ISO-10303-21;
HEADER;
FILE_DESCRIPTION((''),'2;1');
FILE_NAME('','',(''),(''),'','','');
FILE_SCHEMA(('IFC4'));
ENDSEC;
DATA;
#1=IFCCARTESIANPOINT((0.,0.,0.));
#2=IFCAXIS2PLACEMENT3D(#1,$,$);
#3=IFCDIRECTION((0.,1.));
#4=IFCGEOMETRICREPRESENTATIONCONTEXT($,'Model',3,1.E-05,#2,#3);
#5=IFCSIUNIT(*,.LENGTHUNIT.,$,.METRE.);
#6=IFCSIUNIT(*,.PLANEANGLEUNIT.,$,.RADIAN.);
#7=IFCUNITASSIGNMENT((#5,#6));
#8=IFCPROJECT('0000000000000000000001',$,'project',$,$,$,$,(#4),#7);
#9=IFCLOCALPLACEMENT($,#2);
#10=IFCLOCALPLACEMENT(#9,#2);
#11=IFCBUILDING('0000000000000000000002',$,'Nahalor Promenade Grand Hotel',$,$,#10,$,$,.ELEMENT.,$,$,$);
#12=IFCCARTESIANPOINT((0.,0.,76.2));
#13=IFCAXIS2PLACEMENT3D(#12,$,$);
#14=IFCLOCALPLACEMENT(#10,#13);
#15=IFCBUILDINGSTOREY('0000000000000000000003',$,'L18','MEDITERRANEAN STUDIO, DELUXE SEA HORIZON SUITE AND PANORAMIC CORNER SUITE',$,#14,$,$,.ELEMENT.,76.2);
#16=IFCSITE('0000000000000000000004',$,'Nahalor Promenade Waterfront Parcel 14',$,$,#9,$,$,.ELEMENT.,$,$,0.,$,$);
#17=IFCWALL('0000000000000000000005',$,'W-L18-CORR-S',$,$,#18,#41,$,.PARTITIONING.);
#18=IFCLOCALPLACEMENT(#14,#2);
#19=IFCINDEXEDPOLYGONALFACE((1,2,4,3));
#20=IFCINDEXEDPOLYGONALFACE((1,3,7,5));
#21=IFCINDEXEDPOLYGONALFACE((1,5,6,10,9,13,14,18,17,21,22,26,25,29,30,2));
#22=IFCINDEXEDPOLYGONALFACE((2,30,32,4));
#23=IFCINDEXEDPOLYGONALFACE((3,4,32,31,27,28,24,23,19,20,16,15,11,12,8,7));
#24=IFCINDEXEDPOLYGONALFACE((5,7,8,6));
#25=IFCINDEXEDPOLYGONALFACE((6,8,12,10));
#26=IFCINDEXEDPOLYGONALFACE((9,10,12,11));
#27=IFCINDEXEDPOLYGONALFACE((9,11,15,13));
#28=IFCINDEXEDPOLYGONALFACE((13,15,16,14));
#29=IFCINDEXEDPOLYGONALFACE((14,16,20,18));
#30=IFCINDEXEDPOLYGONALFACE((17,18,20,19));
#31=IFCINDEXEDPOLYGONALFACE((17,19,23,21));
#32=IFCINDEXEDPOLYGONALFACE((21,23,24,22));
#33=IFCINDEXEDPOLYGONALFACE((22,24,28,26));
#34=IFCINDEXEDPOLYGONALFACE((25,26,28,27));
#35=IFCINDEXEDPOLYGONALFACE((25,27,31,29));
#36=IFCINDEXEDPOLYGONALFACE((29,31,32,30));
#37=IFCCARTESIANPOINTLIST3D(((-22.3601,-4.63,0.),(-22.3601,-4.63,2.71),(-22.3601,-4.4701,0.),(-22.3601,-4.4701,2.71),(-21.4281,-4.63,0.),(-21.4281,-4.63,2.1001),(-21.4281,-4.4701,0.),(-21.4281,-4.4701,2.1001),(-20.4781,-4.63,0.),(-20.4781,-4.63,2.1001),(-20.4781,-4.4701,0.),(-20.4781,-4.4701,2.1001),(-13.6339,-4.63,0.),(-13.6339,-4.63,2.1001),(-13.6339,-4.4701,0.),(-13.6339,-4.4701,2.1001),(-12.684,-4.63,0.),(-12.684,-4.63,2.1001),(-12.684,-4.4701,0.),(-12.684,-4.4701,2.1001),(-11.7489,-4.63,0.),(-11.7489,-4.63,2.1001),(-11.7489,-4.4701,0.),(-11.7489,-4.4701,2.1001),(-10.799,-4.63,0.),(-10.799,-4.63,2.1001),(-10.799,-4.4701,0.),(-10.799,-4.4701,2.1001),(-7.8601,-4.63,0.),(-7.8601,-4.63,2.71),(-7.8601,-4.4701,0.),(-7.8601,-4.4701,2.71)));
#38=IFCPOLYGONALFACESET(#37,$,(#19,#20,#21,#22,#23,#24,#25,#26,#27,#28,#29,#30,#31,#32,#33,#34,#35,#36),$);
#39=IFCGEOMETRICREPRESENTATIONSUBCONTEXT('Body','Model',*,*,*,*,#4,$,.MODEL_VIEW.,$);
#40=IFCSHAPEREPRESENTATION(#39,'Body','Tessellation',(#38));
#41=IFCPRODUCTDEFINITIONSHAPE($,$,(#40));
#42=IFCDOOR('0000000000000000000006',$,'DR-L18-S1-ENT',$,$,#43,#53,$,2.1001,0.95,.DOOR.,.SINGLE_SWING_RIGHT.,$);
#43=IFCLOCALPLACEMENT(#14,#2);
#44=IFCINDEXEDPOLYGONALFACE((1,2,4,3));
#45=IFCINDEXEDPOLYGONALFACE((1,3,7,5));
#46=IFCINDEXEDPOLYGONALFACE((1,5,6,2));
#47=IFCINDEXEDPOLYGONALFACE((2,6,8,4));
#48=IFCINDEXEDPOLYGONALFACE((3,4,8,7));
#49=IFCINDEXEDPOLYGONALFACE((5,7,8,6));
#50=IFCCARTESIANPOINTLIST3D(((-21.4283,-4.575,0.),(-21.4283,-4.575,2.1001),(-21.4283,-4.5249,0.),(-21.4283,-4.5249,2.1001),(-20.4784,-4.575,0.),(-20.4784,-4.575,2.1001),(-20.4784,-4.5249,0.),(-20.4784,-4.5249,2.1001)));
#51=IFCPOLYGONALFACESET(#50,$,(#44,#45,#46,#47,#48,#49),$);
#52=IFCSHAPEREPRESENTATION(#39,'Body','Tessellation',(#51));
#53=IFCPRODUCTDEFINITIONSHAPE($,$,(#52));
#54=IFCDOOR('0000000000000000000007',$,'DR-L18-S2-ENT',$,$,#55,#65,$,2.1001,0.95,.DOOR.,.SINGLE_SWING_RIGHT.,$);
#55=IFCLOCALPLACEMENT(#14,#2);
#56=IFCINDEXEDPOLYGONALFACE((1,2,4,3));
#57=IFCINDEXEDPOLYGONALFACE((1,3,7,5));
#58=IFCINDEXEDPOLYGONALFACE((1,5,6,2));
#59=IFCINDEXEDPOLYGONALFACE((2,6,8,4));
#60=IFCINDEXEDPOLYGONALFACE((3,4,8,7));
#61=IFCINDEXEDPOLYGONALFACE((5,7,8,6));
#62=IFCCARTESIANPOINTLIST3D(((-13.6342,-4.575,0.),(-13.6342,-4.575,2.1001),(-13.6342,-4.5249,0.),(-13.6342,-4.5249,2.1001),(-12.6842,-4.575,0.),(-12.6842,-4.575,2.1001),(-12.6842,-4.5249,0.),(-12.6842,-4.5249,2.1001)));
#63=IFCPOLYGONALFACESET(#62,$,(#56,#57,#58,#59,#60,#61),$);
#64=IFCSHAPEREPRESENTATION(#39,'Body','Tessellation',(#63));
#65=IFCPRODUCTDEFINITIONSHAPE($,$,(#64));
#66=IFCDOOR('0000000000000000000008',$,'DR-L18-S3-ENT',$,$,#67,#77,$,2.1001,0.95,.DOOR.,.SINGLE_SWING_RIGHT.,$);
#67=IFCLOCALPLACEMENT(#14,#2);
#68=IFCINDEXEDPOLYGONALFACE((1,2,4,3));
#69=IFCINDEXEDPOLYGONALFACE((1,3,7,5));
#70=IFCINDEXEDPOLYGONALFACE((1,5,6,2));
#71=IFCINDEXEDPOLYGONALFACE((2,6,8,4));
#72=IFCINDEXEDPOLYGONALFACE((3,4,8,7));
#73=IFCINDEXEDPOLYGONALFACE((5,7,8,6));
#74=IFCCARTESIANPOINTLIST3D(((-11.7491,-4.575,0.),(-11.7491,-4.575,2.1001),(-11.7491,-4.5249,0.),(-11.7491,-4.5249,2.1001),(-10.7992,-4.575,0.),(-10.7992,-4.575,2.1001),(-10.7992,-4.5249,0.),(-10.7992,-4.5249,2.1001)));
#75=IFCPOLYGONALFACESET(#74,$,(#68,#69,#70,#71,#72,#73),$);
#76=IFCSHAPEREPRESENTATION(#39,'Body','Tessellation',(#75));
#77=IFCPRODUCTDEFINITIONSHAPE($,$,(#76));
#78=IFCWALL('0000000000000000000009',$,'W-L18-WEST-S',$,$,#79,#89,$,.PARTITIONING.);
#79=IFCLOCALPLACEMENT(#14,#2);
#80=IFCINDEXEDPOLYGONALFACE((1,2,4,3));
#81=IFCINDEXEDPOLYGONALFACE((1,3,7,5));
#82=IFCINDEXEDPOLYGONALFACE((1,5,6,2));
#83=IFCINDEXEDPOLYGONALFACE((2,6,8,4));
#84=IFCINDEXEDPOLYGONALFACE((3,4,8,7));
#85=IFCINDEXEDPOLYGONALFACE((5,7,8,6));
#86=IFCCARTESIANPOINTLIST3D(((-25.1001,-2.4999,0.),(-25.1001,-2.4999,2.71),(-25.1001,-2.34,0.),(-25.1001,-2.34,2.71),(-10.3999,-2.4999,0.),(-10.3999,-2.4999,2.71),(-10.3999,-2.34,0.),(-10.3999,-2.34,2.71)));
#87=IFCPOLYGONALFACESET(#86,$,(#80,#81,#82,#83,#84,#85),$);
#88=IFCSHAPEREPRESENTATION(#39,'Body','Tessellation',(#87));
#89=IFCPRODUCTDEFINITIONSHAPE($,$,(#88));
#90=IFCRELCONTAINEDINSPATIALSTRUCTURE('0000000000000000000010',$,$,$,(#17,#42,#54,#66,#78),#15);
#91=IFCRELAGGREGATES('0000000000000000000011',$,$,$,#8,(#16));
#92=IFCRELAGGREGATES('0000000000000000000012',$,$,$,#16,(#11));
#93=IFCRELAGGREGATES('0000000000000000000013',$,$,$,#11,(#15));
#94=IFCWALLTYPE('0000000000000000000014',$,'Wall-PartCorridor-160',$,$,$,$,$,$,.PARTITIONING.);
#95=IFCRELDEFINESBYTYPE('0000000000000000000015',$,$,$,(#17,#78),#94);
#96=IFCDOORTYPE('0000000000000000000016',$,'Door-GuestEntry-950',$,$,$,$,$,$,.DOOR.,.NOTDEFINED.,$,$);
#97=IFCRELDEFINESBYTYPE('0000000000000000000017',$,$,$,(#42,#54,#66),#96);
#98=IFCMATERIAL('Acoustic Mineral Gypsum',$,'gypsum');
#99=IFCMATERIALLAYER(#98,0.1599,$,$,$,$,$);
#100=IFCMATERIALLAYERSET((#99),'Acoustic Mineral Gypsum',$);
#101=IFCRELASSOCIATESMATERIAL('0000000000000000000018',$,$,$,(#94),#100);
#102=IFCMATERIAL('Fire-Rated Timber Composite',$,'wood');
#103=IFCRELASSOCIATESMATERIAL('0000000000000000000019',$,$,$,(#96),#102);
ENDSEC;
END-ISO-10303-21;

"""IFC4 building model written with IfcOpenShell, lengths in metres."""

from ifc_helpers import new_model, si_unit, direction, frame, frame_2d, origin, place, context, subcontext, project, spatial, rectangle, extrude, source, transform, mapped, material, layer, layer_set, type_object, element, fill, save


model = new_model("IFC4")

# Units and contexts
model_context = context("Model", 3, precision=1e-05, world=origin(), true_north=direction((0.0, 1.0)))
body_context = subcontext(model_context, "Body", "Model", "MODEL_VIEW")
ifc_project = project(units=[si_unit("LENGTHUNIT", "METRE"), si_unit("PLANEANGLEUNIT", "RADIAN")], contexts=[model_context])

# Site, building, storey
site_placement = place(None, origin())
site = spatial("IfcSite", under=ifc_project, at=site_placement, Name="Nahalor Promenade Waterfront Parcel 14", CompositionType="ELEMENT", RefElevation=0.0)
building_placement = place(site_placement, origin())
building = spatial("IfcBuilding", under=site, at=building_placement, Name="Nahalor Promenade Grand Hotel", CompositionType="ELEMENT")
storey_placement = place(building_placement, frame((0.0, 0.0, 76.2)))
storey = spatial("IfcBuildingStorey", under=building, at=storey_placement, Name="L18", Description="MEDITERRANEAN STUDIO, DELUXE SEA HORIZON SUITE AND PANORAMIC CORNER SUITE", CompositionType="ELEMENT", Elevation=76.2)

# Wall, openings, doors
ifc_material_1 = material(Name="Acoustic Mineral Gypsum", Category="gypsum")
ifc_layer_1 = layer(ifc_material_1, 0.1599)
ifc_layer_set_1 = layer_set([ifc_layer_1], Name="Acoustic Mineral Gypsum")
wall_type = type_object("IfcWallType", Name="Wall-PartCorridor-160", PredefinedType="PARTITIONING", material=ifc_layer_set_1)
shared_shape_1 = source(origin(), body_context, "Body", "SweptSolid", [
    extrude(rectangle(XDim=14.5, YDim=0.1599, at=frame_2d((7.25, 0.0))), origin(), (0.0, 0.0, 1.0), 2.71),
])
wall_1_placement = place(storey_placement, frame((-22.3601, -4.55, 0.0), z_axis=(0.0, 0.0, 1.0), x_axis=(1.0, 0.0, 0.0)))
wall_1 = element("IfcWall", 1, at=wall_1_placement, inside=storey, type_object=wall_type, Name="W-L18-CORR-S", PredefinedType="PARTITIONING", context=body_context, shape_type="MappedRepresentation", body=[
    mapped(shared_shape_1, transform((0.0, 0.0, 0.0), scale=1.0)),
])
opening_1_placement = place(wall_1_placement, frame((0.9319, 0.0, 0.0)))
opening_1 = element("IfcOpeningElement", 2, at=opening_1_placement, cuts=wall_1, PredefinedType="OPENING", context=body_context, shape_type="SweptSolid", body=[
    extrude(rectangle(XDim=0.95, YDim=2.1001, at=frame_2d((0.4751, 1.05))), frame((0.0, 0.0898, 0.0), z_axis=(0.0, -1.0, 0.0), x_axis=(1.0, 0.0, 0.0)), (0.0, 0.0, 1.0), 0.1799),
])
opening_2_placement = place(wall_1_placement, frame((8.7261, 0.0, 0.0)))
opening_2 = element("IfcOpeningElement", 3, at=opening_2_placement, cuts=wall_1, PredefinedType="OPENING", context=body_context, shape_type="SweptSolid", body=[
    extrude(rectangle(XDim=0.95, YDim=2.1001, at=frame_2d((0.4751, 1.05))), frame((0.0, 0.0898, 0.0), z_axis=(0.0, -1.0, 0.0), x_axis=(1.0, 0.0, 0.0)), (0.0, 0.0, 1.0), 0.1799),
])
opening_3_placement = place(wall_1_placement, frame((10.6111, 0.0, 0.0)))
opening_3 = element("IfcOpeningElement", 4, at=opening_3_placement, cuts=wall_1, PredefinedType="OPENING", context=body_context, shape_type="SweptSolid", body=[
    extrude(rectangle(XDim=0.95, YDim=2.1001, at=frame_2d((0.4751, 1.05))), frame((0.0, 0.0898, 0.0), z_axis=(0.0, -1.0, 0.0), x_axis=(1.0, 0.0, 0.0)), (0.0, 0.0, 1.0), 0.1799),
])
ifc_material_2 = material(Name="Fire-Rated Timber Composite", Category="wood")
door_type = type_object("IfcDoorType", Name="Door-GuestEntry-950", OperationType="NOTDEFINED", PredefinedType="DOOR", material=ifc_material_2)
shared_shape_2 = source(origin(), body_context, "Body", "SweptSolid", [
    extrude(rectangle(XDim=0.95, YDim=2.1001, at=frame_2d((0.4751, 1.05))), frame((0.0, 0.0249, 0.0), z_axis=(0.0, -1.0, 0.0), x_axis=(1.0, 0.0, 0.0)), (0.0, 0.0, 1.0), 0.05),
])
door_1_placement = place(opening_1_placement, frame((0.95, 0.0, 0.0), z_axis=(0.0, 0.0, 1.0), x_axis=(-1.0, 0.0, 0.0)))
door_1 = element("IfcDoor", 5, at=door_1_placement, inside=storey, type_object=door_type, Name="DR-L18-S1-ENT", OperationType="SINGLE_SWING_RIGHT", OverallHeight=2.1001, OverallWidth=0.95, PredefinedType="DOOR", context=body_context, shape_type="MappedRepresentation", body=[
    mapped(shared_shape_2, transform((0.0, 0.0, 0.0), scale=1.0)),
])
fill(opening_1, door_1)
door_2_placement = place(opening_2_placement, frame((0.95, 0.0, 0.0), z_axis=(0.0, 0.0, 1.0), x_axis=(-1.0, 0.0, 0.0)))
door_2 = element("IfcDoor", 6, at=door_2_placement, inside=storey, type_object=door_type, Name="DR-L18-S2-ENT", OperationType="SINGLE_SWING_RIGHT", OverallHeight=2.1001, OverallWidth=0.95, PredefinedType="DOOR", context=body_context, shape_type="MappedRepresentation", body=[
    mapped(shared_shape_2, transform((0.0, 0.0, 0.0), scale=1.0)),
])
fill(opening_2, door_2)
door_3_placement = place(opening_3_placement, frame((0.95, 0.0, 0.0), z_axis=(0.0, 0.0, 1.0), x_axis=(-1.0, 0.0, 0.0)))
door_3 = element("IfcDoor", 7, at=door_3_placement, inside=storey, type_object=door_type, Name="DR-L18-S3-ENT", OperationType="SINGLE_SWING_RIGHT", OverallHeight=2.1001, OverallWidth=0.95, PredefinedType="DOOR", context=body_context, shape_type="MappedRepresentation", body=[
    mapped(shared_shape_2, transform((0.0, 0.0, 0.0), scale=1.0)),
])
fill(opening_3, door_3)

# Wall
shared_shape_3 = source(origin(), body_context, "Body", "SweptSolid", [
    extrude(rectangle(XDim=14.7002, YDim=0.1599, at=frame_2d((7.3501, 0.0))), origin(), (0.0, 0.0, 1.0), 2.71),
])
wall_2_placement = place(storey_placement, frame((-25.1001, -2.4199, 0.0), z_axis=(0.0, 0.0, 1.0), x_axis=(1.0, 0.0, 0.0)))
element("IfcWall", 8, at=wall_2_placement, inside=storey, type_object=wall_type, Name="W-L18-WEST-S", PredefinedType="PARTITIONING", context=body_context, shape_type="MappedRepresentation", body=[
    mapped(shared_shape_3, transform((0.0, 0.0, 0.0), scale=1.0)),
])

save(model, "model.ifc")
